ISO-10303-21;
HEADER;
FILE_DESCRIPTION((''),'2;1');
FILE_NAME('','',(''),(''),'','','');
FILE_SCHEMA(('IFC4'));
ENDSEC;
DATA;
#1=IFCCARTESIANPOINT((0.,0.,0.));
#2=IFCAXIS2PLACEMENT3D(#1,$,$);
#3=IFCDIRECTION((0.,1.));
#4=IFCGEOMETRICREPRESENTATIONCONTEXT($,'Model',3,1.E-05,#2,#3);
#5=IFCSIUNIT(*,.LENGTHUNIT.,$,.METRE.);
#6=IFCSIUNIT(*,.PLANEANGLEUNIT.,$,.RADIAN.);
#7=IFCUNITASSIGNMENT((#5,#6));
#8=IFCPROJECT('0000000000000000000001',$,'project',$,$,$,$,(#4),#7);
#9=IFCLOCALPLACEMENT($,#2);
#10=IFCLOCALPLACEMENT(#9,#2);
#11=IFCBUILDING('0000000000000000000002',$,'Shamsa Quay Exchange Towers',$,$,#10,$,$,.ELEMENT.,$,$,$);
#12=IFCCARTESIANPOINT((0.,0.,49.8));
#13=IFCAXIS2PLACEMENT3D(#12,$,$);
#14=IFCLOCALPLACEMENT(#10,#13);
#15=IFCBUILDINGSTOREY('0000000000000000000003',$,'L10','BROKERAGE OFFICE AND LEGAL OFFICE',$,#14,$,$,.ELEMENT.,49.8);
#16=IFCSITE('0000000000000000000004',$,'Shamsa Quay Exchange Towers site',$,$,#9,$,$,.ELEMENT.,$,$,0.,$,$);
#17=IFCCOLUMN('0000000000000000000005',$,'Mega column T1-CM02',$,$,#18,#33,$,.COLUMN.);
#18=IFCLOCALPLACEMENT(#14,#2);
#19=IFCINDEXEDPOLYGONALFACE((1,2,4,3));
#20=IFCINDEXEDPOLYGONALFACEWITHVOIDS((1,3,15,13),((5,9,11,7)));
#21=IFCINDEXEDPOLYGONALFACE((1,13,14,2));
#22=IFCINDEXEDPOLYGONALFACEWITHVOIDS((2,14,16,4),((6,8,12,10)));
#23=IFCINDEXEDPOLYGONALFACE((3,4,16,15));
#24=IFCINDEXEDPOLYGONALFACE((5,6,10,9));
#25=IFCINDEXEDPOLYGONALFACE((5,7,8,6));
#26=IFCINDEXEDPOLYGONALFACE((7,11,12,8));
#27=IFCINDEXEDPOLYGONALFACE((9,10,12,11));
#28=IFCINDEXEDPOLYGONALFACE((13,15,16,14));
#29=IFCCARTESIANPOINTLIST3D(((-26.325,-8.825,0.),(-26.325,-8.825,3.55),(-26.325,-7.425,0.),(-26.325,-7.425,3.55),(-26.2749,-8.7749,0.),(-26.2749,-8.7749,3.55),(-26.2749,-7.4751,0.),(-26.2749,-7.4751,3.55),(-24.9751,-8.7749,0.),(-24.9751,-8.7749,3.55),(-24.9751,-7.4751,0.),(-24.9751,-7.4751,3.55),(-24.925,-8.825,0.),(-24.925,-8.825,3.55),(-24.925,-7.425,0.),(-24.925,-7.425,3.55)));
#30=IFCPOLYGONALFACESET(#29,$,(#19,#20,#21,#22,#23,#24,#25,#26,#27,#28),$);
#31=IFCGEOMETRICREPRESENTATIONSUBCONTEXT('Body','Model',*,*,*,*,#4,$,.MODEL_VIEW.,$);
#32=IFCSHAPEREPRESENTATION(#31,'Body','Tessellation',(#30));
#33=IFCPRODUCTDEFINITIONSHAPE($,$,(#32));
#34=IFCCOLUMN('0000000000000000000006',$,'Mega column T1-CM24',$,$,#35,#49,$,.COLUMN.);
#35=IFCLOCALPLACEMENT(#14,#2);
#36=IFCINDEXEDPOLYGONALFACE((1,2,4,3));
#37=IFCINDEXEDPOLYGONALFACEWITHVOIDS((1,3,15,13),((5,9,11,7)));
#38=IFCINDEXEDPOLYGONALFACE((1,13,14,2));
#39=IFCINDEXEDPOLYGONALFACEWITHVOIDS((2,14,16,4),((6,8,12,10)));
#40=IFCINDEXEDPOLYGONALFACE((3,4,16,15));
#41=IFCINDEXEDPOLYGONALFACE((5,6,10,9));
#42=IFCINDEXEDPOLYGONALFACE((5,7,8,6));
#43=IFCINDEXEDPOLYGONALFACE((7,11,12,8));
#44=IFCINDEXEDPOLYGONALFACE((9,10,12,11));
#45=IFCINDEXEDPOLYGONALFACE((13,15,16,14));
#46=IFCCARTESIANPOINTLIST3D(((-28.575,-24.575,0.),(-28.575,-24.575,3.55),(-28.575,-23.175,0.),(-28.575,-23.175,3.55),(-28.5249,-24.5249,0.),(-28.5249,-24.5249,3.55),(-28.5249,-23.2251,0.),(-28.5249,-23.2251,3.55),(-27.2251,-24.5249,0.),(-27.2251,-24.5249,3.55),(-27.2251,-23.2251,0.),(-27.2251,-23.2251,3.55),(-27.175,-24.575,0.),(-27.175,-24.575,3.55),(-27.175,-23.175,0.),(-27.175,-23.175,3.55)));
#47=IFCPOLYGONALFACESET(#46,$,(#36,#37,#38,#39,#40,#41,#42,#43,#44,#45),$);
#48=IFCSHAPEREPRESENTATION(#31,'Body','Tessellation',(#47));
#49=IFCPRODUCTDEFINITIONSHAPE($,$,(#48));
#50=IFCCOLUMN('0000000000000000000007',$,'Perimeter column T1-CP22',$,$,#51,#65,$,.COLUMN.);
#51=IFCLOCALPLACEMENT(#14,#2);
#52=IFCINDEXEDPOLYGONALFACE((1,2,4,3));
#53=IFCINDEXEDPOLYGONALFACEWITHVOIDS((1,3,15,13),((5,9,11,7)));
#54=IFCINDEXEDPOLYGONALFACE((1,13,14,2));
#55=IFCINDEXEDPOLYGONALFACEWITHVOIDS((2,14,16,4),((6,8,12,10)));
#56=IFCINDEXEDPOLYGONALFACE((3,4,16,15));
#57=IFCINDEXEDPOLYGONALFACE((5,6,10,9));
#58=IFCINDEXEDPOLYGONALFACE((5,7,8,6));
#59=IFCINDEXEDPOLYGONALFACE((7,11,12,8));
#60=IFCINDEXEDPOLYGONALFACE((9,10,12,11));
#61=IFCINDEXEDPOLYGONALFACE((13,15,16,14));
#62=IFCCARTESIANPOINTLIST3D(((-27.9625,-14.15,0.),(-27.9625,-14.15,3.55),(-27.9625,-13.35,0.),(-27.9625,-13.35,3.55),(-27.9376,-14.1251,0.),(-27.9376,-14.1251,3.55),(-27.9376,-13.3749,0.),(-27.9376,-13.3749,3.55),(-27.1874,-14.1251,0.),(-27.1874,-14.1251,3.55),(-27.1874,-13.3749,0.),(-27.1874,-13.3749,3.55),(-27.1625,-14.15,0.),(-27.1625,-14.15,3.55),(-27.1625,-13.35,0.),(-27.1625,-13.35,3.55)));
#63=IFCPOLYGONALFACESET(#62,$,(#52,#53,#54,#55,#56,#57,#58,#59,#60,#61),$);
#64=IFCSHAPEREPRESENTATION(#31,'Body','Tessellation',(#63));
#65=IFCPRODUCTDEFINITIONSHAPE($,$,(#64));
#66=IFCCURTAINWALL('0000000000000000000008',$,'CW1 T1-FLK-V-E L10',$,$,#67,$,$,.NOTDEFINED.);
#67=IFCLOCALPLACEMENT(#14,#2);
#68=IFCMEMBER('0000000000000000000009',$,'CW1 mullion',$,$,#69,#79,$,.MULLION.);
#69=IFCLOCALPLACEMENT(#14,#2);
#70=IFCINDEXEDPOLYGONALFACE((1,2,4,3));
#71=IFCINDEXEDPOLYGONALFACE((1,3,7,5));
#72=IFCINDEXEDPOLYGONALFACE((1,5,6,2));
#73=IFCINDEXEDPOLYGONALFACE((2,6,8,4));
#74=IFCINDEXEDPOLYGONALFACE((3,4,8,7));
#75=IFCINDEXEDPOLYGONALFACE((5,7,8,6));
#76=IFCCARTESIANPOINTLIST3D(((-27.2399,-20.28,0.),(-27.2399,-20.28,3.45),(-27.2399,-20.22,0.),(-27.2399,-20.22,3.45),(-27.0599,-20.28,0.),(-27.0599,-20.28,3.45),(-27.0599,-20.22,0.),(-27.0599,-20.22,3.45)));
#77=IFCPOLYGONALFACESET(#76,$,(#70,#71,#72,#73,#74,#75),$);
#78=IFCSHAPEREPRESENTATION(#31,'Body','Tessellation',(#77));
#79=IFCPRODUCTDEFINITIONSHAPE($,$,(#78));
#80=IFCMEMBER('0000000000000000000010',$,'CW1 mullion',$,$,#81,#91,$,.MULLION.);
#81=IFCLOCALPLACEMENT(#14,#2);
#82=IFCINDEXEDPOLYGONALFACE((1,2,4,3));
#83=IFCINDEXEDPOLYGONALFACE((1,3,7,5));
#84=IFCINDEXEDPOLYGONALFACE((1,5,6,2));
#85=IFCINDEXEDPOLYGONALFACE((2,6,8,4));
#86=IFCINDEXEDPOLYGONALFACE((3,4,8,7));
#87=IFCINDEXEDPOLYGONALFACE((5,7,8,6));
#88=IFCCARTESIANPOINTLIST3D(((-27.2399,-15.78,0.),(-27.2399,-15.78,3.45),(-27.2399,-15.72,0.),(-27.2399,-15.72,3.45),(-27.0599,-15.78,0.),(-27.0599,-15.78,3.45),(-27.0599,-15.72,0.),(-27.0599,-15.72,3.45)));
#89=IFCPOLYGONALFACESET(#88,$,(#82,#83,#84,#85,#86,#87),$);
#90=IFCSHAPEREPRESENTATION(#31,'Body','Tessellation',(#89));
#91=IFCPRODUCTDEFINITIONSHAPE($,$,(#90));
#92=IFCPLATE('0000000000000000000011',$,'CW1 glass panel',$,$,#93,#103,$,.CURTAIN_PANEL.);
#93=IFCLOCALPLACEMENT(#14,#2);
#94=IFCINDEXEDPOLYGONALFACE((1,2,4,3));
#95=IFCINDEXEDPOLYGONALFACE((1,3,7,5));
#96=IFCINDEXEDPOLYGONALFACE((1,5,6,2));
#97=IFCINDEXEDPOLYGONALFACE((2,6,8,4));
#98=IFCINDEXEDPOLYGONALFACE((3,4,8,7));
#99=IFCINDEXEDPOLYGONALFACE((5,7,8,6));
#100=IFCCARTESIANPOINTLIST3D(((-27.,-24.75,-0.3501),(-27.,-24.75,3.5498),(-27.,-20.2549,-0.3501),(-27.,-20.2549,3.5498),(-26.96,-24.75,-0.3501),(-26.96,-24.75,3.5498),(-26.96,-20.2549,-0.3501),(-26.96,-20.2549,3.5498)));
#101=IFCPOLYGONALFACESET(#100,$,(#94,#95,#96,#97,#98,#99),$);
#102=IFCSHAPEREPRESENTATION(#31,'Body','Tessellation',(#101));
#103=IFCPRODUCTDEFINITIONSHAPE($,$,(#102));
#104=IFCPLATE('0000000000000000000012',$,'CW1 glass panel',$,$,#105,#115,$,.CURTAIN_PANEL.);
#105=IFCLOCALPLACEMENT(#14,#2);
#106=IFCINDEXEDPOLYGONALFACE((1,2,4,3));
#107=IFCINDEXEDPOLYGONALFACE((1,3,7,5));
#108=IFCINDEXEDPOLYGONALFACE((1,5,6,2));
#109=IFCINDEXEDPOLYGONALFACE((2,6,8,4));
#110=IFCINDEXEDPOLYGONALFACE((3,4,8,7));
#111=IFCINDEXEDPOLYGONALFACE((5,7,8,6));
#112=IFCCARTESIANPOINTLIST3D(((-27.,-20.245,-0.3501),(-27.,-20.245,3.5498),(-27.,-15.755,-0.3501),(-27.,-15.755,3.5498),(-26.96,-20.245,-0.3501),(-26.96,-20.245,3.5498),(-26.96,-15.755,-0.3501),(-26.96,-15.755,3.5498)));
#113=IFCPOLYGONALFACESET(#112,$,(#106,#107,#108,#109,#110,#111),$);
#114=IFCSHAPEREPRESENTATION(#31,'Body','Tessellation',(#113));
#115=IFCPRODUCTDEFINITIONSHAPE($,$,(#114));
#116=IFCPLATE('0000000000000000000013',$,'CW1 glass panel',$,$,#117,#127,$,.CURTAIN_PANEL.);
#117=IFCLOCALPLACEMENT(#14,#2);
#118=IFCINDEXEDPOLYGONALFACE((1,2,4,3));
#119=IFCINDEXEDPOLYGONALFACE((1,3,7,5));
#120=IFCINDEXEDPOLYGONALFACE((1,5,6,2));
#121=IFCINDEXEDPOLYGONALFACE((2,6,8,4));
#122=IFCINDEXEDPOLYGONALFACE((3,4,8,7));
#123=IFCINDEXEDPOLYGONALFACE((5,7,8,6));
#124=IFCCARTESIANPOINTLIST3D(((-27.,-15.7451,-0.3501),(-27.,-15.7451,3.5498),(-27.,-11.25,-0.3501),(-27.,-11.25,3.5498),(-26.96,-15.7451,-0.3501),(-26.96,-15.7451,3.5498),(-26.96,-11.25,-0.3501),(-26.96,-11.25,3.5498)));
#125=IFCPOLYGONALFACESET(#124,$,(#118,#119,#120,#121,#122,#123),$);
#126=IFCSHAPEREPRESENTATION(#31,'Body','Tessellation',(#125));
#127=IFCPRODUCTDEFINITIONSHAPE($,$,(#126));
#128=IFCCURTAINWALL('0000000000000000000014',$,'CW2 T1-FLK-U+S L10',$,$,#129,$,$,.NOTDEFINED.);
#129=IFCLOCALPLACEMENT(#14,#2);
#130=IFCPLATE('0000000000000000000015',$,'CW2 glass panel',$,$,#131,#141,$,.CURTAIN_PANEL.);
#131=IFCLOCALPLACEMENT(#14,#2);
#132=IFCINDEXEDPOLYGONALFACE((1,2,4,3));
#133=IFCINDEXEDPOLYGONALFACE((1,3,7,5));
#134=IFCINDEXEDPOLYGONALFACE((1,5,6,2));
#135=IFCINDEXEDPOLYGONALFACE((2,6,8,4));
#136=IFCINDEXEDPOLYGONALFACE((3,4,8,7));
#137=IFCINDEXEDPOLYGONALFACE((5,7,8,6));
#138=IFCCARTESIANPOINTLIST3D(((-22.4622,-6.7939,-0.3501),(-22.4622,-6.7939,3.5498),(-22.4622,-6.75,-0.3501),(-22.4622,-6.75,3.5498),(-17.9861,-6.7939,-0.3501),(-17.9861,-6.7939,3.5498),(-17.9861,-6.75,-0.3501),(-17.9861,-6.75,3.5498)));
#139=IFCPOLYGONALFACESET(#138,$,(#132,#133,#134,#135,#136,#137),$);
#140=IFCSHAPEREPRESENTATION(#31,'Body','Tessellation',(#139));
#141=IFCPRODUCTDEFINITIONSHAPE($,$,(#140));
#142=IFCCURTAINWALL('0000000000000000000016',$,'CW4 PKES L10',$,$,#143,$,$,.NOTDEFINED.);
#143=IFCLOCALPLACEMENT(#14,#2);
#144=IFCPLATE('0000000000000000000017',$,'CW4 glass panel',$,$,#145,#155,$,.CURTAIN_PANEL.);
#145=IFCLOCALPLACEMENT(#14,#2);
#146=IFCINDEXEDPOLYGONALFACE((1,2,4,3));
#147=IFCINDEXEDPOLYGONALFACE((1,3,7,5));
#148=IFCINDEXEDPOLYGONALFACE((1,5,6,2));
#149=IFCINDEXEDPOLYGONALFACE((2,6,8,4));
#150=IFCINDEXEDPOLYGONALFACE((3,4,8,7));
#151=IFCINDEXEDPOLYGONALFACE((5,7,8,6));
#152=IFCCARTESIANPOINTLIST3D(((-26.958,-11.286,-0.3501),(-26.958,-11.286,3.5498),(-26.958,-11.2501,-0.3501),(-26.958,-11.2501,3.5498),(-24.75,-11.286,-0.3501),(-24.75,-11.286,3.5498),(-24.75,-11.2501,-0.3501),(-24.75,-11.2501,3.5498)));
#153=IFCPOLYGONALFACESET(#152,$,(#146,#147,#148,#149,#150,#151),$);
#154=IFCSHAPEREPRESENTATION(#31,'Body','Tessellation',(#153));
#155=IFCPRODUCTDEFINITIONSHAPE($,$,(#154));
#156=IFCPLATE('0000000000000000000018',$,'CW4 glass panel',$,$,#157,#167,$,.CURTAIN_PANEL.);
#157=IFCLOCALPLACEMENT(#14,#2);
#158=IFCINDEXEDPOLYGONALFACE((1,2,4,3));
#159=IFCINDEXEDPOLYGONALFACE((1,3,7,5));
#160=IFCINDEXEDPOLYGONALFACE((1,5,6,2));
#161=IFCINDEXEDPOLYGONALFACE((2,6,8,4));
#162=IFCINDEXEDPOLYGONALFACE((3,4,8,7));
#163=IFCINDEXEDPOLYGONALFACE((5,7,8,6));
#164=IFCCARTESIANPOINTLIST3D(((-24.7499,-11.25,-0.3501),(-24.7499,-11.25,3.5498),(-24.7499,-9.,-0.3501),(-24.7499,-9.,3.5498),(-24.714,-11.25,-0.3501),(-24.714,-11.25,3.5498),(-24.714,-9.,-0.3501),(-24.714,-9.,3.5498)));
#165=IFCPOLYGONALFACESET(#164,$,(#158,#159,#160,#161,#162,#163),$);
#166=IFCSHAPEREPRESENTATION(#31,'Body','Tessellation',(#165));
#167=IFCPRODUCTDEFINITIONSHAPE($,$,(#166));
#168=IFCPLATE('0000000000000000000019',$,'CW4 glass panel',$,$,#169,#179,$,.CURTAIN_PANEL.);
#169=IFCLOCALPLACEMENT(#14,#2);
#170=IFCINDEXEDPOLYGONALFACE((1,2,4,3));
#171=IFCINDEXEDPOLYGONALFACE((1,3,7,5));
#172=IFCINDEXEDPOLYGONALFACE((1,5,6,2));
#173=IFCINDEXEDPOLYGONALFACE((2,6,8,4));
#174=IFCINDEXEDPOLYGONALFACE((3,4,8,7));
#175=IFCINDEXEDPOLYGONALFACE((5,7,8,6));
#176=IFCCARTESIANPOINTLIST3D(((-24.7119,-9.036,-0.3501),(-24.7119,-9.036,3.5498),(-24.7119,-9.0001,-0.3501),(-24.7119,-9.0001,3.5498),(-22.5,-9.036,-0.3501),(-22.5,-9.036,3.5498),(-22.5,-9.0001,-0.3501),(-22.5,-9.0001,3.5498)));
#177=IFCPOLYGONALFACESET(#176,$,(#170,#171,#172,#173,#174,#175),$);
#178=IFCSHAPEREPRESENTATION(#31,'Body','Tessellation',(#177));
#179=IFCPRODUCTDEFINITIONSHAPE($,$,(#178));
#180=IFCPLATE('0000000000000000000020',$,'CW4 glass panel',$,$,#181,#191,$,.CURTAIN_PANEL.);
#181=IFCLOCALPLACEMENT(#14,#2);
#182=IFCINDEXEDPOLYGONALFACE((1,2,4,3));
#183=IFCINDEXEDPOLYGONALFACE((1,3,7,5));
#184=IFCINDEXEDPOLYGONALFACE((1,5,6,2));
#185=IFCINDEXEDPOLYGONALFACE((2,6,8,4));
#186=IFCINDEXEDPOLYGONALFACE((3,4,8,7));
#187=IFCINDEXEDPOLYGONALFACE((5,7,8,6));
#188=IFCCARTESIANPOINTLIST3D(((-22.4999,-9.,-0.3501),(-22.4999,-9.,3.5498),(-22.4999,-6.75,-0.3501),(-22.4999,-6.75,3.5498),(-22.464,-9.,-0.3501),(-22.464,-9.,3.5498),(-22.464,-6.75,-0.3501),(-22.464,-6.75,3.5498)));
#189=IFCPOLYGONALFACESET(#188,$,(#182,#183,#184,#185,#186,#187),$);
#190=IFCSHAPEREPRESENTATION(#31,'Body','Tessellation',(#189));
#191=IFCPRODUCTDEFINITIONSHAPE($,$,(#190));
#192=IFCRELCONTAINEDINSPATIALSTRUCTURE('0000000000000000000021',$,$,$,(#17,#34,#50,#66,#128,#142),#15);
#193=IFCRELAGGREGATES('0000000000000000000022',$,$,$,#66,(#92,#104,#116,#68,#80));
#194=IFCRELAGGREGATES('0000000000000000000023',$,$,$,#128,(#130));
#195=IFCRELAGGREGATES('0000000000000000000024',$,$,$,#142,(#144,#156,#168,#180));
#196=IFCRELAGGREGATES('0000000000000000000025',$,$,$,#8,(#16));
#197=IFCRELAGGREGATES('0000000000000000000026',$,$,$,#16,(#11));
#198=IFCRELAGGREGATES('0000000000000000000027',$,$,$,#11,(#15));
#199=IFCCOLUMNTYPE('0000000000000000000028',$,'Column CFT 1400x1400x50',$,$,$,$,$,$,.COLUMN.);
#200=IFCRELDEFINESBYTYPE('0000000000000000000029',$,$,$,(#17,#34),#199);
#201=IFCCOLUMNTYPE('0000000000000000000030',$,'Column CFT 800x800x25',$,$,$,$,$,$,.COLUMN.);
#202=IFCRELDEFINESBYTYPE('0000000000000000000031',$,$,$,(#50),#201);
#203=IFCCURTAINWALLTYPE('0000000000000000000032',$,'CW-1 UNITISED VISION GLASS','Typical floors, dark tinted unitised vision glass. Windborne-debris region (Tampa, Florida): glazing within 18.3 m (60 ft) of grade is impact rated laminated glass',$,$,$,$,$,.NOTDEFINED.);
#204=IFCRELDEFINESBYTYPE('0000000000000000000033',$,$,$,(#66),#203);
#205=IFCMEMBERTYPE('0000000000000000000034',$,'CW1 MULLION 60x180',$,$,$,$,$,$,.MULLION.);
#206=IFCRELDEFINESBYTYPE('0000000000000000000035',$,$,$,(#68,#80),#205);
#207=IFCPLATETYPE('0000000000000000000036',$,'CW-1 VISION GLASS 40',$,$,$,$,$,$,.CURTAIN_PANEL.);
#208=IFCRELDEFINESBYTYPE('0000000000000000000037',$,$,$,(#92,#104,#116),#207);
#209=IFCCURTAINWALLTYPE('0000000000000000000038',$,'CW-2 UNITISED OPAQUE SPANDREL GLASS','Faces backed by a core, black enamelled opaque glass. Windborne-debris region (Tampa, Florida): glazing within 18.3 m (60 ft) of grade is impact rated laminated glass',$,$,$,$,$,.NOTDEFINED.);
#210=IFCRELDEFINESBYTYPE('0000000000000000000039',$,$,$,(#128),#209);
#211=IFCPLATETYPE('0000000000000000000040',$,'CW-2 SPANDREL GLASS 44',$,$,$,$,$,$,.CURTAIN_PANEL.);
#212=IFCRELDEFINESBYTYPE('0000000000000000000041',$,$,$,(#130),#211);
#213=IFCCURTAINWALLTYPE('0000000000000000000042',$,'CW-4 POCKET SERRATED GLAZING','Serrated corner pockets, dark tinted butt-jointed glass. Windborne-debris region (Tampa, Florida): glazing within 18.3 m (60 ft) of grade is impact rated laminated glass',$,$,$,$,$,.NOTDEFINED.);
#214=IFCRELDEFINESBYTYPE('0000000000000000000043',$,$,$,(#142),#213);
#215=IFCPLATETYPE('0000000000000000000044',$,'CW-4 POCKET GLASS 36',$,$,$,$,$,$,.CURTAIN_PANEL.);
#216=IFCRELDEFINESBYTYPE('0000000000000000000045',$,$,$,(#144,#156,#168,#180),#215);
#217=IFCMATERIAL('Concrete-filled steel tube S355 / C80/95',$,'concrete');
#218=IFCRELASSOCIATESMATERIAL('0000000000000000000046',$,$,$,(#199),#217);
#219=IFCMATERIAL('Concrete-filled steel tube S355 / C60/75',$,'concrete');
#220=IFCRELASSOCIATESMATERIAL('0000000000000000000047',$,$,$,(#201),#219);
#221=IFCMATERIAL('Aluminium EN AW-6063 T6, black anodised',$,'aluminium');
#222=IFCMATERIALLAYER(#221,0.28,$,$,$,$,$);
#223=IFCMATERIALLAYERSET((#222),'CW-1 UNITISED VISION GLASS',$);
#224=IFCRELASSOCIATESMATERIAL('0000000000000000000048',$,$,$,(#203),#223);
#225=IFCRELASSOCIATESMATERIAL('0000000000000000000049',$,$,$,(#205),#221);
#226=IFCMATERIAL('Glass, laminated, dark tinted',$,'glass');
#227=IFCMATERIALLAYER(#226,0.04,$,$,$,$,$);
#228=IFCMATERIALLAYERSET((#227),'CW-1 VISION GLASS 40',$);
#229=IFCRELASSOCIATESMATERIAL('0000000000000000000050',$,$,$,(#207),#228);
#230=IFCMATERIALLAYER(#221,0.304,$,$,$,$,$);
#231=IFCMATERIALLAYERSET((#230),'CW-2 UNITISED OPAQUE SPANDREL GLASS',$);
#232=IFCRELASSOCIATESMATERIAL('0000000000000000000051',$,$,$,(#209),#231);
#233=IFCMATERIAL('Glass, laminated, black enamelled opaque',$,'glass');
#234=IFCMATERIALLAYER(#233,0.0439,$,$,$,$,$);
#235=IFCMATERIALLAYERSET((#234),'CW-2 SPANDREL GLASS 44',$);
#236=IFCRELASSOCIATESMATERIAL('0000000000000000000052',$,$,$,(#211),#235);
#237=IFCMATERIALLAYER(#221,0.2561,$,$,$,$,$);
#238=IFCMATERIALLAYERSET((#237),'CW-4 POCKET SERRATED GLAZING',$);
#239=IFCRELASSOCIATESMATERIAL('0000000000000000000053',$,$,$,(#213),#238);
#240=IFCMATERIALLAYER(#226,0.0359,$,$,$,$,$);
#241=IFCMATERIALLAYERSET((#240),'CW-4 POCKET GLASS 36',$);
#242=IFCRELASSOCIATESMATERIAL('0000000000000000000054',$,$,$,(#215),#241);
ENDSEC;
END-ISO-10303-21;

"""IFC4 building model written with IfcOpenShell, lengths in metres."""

from ifc_helpers import new_model, si_unit, direction, frame, origin, origin_2d, place, context, subcontext, project, spatial, rectangle, hollow_rectangle, extrude, material, layer, layer_set, material_profile, profile_set, type_object, element, aggregate, save


model = new_model("IFC4")

# Units and contexts
model_context = context("Model", 3, precision=1e-05, world=origin(), true_north=direction((0.0, 1.0)))
body_context = subcontext(model_context, "Body", "Model", "MODEL_VIEW")
ifc_project = project(units=[si_unit("LENGTHUNIT", "METRE"), si_unit("PLANEANGLEUNIT", "RADIAN")], contexts=[model_context])

# Site, building, storey
site_placement = place(None, origin())
site = spatial("IfcSite", under=ifc_project, at=site_placement, Name="Shamsa Quay Exchange Towers site", CompositionType="ELEMENT", RefElevation=0.0)
building_placement = place(site_placement, origin())
building = spatial("IfcBuilding", under=site, at=building_placement, Name="Shamsa Quay Exchange Towers", CompositionType="ELEMENT")
storey_placement = place(building_placement, frame((0.0, 0.0, 49.8)))
storey = spatial("IfcBuildingStorey", under=building, at=storey_placement, Name="L10", Description="BROKERAGE OFFICE AND LEGAL OFFICE", CompositionType="ELEMENT", Elevation=49.8)

# Columns
ifc_material_1 = material(Name="Concrete-filled steel tube S355 / C80/95", Category="concrete")
ifc_material_profile_1 = material_profile(ifc_material_1, hollow_rectangle(XDim=1.3999, YDim=1.3999, WallThickness=0.05, at=origin_2d()), Name="CFT 1400x1400x50")
ifc_profile_set_1 = profile_set([ifc_material_profile_1], Name="Concrete-filled steel tube S355 / C80/95")
column_type_1 = type_object("IfcColumnType", Name="Column CFT 1400x1400x50", PredefinedType="COLUMN", material=ifc_profile_set_1)
for number, where, name in (
    (1, (-25.625, -8.125, 0.0), "Mega column T1-CM02"),
    (2, (-27.875, -23.875, 0.0), "Mega column T1-CM24"),
):
    element("IfcColumn", number, at=place(storey_placement, frame(where)), inside=storey, type_object=column_type_1, Name=name, PredefinedType="COLUMN", context=body_context, shape_type="SweptSolid", body=[
        extrude(hollow_rectangle(XDim=1.3999, YDim=1.3999, WallThickness=0.05, at=origin_2d()), origin(), (0.0, 0.0, 1.0), 3.55),
    ])
ifc_material_2 = material(Name="Concrete-filled steel tube S355 / C60/75", Category="concrete")
ifc_material_profile_2 = material_profile(ifc_material_2, hollow_rectangle(XDim=0.8, YDim=0.8, WallThickness=0.0249, at=origin_2d()), Name="CFT 800x800x25")
ifc_profile_set_2 = profile_set([ifc_material_profile_2], Name="Concrete-filled steel tube S355 / C60/75")
column_type_2 = type_object("IfcColumnType", Name="Column CFT 800x800x25", PredefinedType="COLUMN", material=ifc_profile_set_2)
column_placement = place(storey_placement, frame((-27.5625, -13.75, 0.0)))
element("IfcColumn", 3, at=column_placement, inside=storey, type_object=column_type_2, Name="Perimeter column T1-CP22", PredefinedType="COLUMN", context=body_context, shape_type="SweptSolid", body=[
    extrude(hollow_rectangle(XDim=0.8, YDim=0.8, WallThickness=0.0249, at=origin_2d()), origin(), (0.0, 0.0, 1.0), 3.55),
])

# Curtain wall, members, plates
ifc_material_3 = material(Name="Aluminium EN AW-6063 T6, black anodised", Category="aluminium")
ifc_layer_1 = layer(ifc_material_3, 0.28)
ifc_layer_set_1 = layer_set([ifc_layer_1], Name="CW-1 UNITISED VISION GLASS")
curtain_wall_type_1 = type_object("IfcCurtainWallType", Name="CW-1 UNITISED VISION GLASS", Description="Typical floors, dark tinted unitised vision glass. Windborne-debris region (Tampa, Florida): glazing within 18.3 m (60 ft) of grade is impact rated laminated glass", PredefinedType="NOTDEFINED", material=ifc_layer_set_1)
curtain_wall_1_placement = place(storey_placement, origin())
curtain_wall_1 = element("IfcCurtainWall", 4, at=curtain_wall_1_placement, inside=storey, type_object=curtain_wall_type_1, Name="CW1 T1-FLK-V-E L10", PredefinedType="NOTDEFINED")
ifc_material_profile_3 = material_profile(ifc_material_3, rectangle(XDim=0.1799, YDim=0.0601, at=origin_2d()), Name="MU60x180")
ifc_profile_set_3 = profile_set([ifc_material_profile_3], Name="Aluminium EN AW-6063 T6, black anodised")
member_type = type_object("IfcMemberType", Name="CW1 MULLION 60x180", PredefinedType="MULLION", material=ifc_profile_set_3)
member_1_placement = place(storey_placement, frame((-27.1499, -20.25, 0.0), z_axis=(0.0, 0.0, 1.0), x_axis=(-1.0, 0.0, 0.0)))
member_1 = element("IfcMember", 5, at=member_1_placement, type_object=member_type, Name="CW1 mullion", PredefinedType="MULLION", context=body_context, shape_type="SweptSolid", body=[
    extrude(rectangle(XDim=0.1799, YDim=0.0601, at=origin_2d()), origin(), (0.0, 0.0, 1.0), 3.45),
])
member_2_placement = place(storey_placement, frame((-27.1499, -15.75, 0.0), z_axis=(0.0, 0.0, 1.0), x_axis=(-1.0, 0.0, 0.0)))
member_2 = element("IfcMember", 6, at=member_2_placement, type_object=member_type, Name="CW1 mullion", PredefinedType="MULLION", context=body_context, shape_type="SweptSolid", body=[
    extrude(rectangle(XDim=0.1799, YDim=0.0601, at=origin_2d()), origin(), (0.0, 0.0, 1.0), 3.45),
])
ifc_material_4 = material(Name="Glass, laminated, dark tinted", Category="glass")
ifc_layer_2 = layer(ifc_material_4, 0.04)
ifc_layer_set_2 = layer_set([ifc_layer_2], Name="CW-1 VISION GLASS 40")
plate_type_1 = type_object("IfcPlateType", Name="CW-1 VISION GLASS 40", PredefinedType="CURTAIN_PANEL", material=ifc_layer_set_2)
plate_1_placement = place(storey_placement, frame((-26.98, -22.5024, -0.3501), z_axis=(0.0, 0.0, 1.0), x_axis=(0.0, 1.0, 0.0)))
plate_1 = element("IfcPlate", 7, at=plate_1_placement, type_object=plate_type_1, Name="CW1 glass panel", PredefinedType="CURTAIN_PANEL", context=body_context, shape_type="SweptSolid", body=[
    extrude(rectangle(XDim=4.4951, YDim=0.04, at=origin_2d()), origin(), (0.0, 0.0, 1.0), 3.8999),
])
plate_2_placement = place(storey_placement, frame((-26.98, -18.0, -0.3501), z_axis=(0.0, 0.0, 1.0), x_axis=(0.0, 1.0, 0.0)))
plate_2 = element("IfcPlate", 8, at=plate_2_placement, type_object=plate_type_1, Name="CW1 glass panel", PredefinedType="CURTAIN_PANEL", context=body_context, shape_type="SweptSolid", body=[
    extrude(rectangle(XDim=4.49, YDim=0.04, at=origin_2d()), origin(), (0.0, 0.0, 1.0), 3.8999),
])
plate_3_placement = place(storey_placement, frame((-26.98, -13.4976, -0.3501), z_axis=(0.0, 0.0, 1.0), x_axis=(0.0, 1.0, 0.0)))
plate_3 = element("IfcPlate", 9, at=plate_3_placement, type_object=plate_type_1, Name="CW1 glass panel", PredefinedType="CURTAIN_PANEL", context=body_context, shape_type="SweptSolid", body=[
    extrude(rectangle(XDim=4.4951, YDim=0.04, at=origin_2d()), origin(), (0.0, 0.0, 1.0), 3.8999),
])
aggregate(curtain_wall_1, [plate_1, plate_2, plate_3, member_1, member_2])

# Curtain wall, plate
ifc_layer_3 = layer(ifc_material_3, 0.304)
ifc_layer_set_3 = layer_set([ifc_layer_3], Name="CW-2 UNITISED OPAQUE SPANDREL GLASS")
curtain_wall_type_2 = type_object("IfcCurtainWallType", Name="CW-2 UNITISED OPAQUE SPANDREL GLASS", Description="Faces backed by a core, black enamelled opaque glass. Windborne-debris region (Tampa, Florida): glazing within 18.3 m (60 ft) of grade is impact rated laminated glass", PredefinedType="NOTDEFINED", material=ifc_layer_set_3)
curtain_wall_2_placement = place(storey_placement, origin())
curtain_wall_2 = element("IfcCurtainWall", 10, at=curtain_wall_2_placement, inside=storey, type_object=curtain_wall_type_2, Name="CW2 T1-FLK-U+S L10", PredefinedType="NOTDEFINED")
ifc_material_5 = material(Name="Glass, laminated, black enamelled opaque", Category="glass")
ifc_layer_4 = layer(ifc_material_5, 0.0439)
ifc_layer_set_4 = layer_set([ifc_layer_4], Name="CW-2 SPANDREL GLASS 44")
plate_type_2 = type_object("IfcPlateType", Name="CW-2 SPANDREL GLASS 44", PredefinedType="CURTAIN_PANEL", material=ifc_layer_set_4)
plate_4_placement = place(storey_placement, frame((-20.2241, -6.772, -0.3501)))
plate_4 = element("IfcPlate", 11, at=plate_4_placement, type_object=plate_type_2, Name="CW2 glass panel", PredefinedType="CURTAIN_PANEL", context=body_context, shape_type="SweptSolid", body=[
    extrude(rectangle(XDim=4.4761, YDim=0.0439, at=origin_2d()), origin(), (0.0, 0.0, 1.0), 3.8999),
])
aggregate(curtain_wall_2, [plate_4])

# Curtain wall, plates
ifc_layer_5 = layer(ifc_material_3, 0.2561)
ifc_layer_set_5 = layer_set([ifc_layer_5], Name="CW-4 POCKET SERRATED GLAZING")
curtain_wall_type_3 = type_object("IfcCurtainWallType", Name="CW-4 POCKET SERRATED GLAZING", Description="Serrated corner pockets, dark tinted butt-jointed glass. Windborne-debris region (Tampa, Florida): glazing within 18.3 m (60 ft) of grade is impact rated laminated glass", PredefinedType="NOTDEFINED", material=ifc_layer_set_5)
curtain_wall_3_placement = place(storey_placement, origin())
curtain_wall_3 = element("IfcCurtainWall", 12, at=curtain_wall_3_placement, inside=storey, type_object=curtain_wall_type_3, Name="CW4 PKES L10", PredefinedType="NOTDEFINED")
ifc_layer_6 = layer(ifc_material_4, 0.0359)
ifc_layer_set_6 = layer_set([ifc_layer_6], Name="CW-4 POCKET GLASS 36")
plate_type_3 = type_object("IfcPlateType", Name="CW-4 POCKET GLASS 36", PredefinedType="CURTAIN_PANEL", material=ifc_layer_set_6)
plate_5_placement = place(storey_placement, frame((-25.854, -11.2681, -0.3501)))
plate_5 = element("IfcPlate", 13, at=plate_5_placement, type_object=plate_type_3, Name="CW4 glass panel", PredefinedType="CURTAIN_PANEL", context=body_context, shape_type="SweptSolid", body=[
    extrude(rectangle(XDim=2.208, YDim=0.0359, at=origin_2d()), origin(), (0.0, 0.0, 1.0), 3.8999),
])
plate_6_placement = place(storey_placement, frame((-24.7319, -10.125, -0.3501), z_axis=(0.0, 0.0, 1.0), x_axis=(0.0, 1.0, 0.0)))
plate_6 = element("IfcPlate", 14, at=plate_6_placement, type_object=plate_type_3, Name="CW4 glass panel", PredefinedType="CURTAIN_PANEL", context=body_context, shape_type="SweptSolid", body=[
    extrude(rectangle(XDim=2.25, YDim=0.0359, at=origin_2d()), origin(), (0.0, 0.0, 1.0), 3.8999),
])
plate_7_placement = place(storey_placement, frame((-23.606, -9.0181, -0.3501)))
plate_7 = element("IfcPlate", 15, at=plate_7_placement, type_object=plate_type_3, Name="CW4 glass panel", PredefinedType="CURTAIN_PANEL", context=body_context, shape_type="SweptSolid", body=[
    extrude(rectangle(XDim=2.2119, YDim=0.0359, at=origin_2d()), origin(), (0.0, 0.0, 1.0), 3.8999),
])
plate_8_placement = place(storey_placement, frame((-22.4819, -7.875, -0.3501), z_axis=(0.0, 0.0, 1.0), x_axis=(0.0, 1.0, 0.0)))
plate_8 = element("IfcPlate", 16, at=plate_8_placement, type_object=plate_type_3, Name="CW4 glass panel", PredefinedType="CURTAIN_PANEL", context=body_context, shape_type="SweptSolid", body=[
    extrude(rectangle(XDim=2.25, YDim=0.0359, at=origin_2d()), origin(), (0.0, 0.0, 1.0), 3.8999),
])
aggregate(curtain_wall_3, [plate_5, plate_6, plate_7, plate_8])

save(model, "model.ifc")
